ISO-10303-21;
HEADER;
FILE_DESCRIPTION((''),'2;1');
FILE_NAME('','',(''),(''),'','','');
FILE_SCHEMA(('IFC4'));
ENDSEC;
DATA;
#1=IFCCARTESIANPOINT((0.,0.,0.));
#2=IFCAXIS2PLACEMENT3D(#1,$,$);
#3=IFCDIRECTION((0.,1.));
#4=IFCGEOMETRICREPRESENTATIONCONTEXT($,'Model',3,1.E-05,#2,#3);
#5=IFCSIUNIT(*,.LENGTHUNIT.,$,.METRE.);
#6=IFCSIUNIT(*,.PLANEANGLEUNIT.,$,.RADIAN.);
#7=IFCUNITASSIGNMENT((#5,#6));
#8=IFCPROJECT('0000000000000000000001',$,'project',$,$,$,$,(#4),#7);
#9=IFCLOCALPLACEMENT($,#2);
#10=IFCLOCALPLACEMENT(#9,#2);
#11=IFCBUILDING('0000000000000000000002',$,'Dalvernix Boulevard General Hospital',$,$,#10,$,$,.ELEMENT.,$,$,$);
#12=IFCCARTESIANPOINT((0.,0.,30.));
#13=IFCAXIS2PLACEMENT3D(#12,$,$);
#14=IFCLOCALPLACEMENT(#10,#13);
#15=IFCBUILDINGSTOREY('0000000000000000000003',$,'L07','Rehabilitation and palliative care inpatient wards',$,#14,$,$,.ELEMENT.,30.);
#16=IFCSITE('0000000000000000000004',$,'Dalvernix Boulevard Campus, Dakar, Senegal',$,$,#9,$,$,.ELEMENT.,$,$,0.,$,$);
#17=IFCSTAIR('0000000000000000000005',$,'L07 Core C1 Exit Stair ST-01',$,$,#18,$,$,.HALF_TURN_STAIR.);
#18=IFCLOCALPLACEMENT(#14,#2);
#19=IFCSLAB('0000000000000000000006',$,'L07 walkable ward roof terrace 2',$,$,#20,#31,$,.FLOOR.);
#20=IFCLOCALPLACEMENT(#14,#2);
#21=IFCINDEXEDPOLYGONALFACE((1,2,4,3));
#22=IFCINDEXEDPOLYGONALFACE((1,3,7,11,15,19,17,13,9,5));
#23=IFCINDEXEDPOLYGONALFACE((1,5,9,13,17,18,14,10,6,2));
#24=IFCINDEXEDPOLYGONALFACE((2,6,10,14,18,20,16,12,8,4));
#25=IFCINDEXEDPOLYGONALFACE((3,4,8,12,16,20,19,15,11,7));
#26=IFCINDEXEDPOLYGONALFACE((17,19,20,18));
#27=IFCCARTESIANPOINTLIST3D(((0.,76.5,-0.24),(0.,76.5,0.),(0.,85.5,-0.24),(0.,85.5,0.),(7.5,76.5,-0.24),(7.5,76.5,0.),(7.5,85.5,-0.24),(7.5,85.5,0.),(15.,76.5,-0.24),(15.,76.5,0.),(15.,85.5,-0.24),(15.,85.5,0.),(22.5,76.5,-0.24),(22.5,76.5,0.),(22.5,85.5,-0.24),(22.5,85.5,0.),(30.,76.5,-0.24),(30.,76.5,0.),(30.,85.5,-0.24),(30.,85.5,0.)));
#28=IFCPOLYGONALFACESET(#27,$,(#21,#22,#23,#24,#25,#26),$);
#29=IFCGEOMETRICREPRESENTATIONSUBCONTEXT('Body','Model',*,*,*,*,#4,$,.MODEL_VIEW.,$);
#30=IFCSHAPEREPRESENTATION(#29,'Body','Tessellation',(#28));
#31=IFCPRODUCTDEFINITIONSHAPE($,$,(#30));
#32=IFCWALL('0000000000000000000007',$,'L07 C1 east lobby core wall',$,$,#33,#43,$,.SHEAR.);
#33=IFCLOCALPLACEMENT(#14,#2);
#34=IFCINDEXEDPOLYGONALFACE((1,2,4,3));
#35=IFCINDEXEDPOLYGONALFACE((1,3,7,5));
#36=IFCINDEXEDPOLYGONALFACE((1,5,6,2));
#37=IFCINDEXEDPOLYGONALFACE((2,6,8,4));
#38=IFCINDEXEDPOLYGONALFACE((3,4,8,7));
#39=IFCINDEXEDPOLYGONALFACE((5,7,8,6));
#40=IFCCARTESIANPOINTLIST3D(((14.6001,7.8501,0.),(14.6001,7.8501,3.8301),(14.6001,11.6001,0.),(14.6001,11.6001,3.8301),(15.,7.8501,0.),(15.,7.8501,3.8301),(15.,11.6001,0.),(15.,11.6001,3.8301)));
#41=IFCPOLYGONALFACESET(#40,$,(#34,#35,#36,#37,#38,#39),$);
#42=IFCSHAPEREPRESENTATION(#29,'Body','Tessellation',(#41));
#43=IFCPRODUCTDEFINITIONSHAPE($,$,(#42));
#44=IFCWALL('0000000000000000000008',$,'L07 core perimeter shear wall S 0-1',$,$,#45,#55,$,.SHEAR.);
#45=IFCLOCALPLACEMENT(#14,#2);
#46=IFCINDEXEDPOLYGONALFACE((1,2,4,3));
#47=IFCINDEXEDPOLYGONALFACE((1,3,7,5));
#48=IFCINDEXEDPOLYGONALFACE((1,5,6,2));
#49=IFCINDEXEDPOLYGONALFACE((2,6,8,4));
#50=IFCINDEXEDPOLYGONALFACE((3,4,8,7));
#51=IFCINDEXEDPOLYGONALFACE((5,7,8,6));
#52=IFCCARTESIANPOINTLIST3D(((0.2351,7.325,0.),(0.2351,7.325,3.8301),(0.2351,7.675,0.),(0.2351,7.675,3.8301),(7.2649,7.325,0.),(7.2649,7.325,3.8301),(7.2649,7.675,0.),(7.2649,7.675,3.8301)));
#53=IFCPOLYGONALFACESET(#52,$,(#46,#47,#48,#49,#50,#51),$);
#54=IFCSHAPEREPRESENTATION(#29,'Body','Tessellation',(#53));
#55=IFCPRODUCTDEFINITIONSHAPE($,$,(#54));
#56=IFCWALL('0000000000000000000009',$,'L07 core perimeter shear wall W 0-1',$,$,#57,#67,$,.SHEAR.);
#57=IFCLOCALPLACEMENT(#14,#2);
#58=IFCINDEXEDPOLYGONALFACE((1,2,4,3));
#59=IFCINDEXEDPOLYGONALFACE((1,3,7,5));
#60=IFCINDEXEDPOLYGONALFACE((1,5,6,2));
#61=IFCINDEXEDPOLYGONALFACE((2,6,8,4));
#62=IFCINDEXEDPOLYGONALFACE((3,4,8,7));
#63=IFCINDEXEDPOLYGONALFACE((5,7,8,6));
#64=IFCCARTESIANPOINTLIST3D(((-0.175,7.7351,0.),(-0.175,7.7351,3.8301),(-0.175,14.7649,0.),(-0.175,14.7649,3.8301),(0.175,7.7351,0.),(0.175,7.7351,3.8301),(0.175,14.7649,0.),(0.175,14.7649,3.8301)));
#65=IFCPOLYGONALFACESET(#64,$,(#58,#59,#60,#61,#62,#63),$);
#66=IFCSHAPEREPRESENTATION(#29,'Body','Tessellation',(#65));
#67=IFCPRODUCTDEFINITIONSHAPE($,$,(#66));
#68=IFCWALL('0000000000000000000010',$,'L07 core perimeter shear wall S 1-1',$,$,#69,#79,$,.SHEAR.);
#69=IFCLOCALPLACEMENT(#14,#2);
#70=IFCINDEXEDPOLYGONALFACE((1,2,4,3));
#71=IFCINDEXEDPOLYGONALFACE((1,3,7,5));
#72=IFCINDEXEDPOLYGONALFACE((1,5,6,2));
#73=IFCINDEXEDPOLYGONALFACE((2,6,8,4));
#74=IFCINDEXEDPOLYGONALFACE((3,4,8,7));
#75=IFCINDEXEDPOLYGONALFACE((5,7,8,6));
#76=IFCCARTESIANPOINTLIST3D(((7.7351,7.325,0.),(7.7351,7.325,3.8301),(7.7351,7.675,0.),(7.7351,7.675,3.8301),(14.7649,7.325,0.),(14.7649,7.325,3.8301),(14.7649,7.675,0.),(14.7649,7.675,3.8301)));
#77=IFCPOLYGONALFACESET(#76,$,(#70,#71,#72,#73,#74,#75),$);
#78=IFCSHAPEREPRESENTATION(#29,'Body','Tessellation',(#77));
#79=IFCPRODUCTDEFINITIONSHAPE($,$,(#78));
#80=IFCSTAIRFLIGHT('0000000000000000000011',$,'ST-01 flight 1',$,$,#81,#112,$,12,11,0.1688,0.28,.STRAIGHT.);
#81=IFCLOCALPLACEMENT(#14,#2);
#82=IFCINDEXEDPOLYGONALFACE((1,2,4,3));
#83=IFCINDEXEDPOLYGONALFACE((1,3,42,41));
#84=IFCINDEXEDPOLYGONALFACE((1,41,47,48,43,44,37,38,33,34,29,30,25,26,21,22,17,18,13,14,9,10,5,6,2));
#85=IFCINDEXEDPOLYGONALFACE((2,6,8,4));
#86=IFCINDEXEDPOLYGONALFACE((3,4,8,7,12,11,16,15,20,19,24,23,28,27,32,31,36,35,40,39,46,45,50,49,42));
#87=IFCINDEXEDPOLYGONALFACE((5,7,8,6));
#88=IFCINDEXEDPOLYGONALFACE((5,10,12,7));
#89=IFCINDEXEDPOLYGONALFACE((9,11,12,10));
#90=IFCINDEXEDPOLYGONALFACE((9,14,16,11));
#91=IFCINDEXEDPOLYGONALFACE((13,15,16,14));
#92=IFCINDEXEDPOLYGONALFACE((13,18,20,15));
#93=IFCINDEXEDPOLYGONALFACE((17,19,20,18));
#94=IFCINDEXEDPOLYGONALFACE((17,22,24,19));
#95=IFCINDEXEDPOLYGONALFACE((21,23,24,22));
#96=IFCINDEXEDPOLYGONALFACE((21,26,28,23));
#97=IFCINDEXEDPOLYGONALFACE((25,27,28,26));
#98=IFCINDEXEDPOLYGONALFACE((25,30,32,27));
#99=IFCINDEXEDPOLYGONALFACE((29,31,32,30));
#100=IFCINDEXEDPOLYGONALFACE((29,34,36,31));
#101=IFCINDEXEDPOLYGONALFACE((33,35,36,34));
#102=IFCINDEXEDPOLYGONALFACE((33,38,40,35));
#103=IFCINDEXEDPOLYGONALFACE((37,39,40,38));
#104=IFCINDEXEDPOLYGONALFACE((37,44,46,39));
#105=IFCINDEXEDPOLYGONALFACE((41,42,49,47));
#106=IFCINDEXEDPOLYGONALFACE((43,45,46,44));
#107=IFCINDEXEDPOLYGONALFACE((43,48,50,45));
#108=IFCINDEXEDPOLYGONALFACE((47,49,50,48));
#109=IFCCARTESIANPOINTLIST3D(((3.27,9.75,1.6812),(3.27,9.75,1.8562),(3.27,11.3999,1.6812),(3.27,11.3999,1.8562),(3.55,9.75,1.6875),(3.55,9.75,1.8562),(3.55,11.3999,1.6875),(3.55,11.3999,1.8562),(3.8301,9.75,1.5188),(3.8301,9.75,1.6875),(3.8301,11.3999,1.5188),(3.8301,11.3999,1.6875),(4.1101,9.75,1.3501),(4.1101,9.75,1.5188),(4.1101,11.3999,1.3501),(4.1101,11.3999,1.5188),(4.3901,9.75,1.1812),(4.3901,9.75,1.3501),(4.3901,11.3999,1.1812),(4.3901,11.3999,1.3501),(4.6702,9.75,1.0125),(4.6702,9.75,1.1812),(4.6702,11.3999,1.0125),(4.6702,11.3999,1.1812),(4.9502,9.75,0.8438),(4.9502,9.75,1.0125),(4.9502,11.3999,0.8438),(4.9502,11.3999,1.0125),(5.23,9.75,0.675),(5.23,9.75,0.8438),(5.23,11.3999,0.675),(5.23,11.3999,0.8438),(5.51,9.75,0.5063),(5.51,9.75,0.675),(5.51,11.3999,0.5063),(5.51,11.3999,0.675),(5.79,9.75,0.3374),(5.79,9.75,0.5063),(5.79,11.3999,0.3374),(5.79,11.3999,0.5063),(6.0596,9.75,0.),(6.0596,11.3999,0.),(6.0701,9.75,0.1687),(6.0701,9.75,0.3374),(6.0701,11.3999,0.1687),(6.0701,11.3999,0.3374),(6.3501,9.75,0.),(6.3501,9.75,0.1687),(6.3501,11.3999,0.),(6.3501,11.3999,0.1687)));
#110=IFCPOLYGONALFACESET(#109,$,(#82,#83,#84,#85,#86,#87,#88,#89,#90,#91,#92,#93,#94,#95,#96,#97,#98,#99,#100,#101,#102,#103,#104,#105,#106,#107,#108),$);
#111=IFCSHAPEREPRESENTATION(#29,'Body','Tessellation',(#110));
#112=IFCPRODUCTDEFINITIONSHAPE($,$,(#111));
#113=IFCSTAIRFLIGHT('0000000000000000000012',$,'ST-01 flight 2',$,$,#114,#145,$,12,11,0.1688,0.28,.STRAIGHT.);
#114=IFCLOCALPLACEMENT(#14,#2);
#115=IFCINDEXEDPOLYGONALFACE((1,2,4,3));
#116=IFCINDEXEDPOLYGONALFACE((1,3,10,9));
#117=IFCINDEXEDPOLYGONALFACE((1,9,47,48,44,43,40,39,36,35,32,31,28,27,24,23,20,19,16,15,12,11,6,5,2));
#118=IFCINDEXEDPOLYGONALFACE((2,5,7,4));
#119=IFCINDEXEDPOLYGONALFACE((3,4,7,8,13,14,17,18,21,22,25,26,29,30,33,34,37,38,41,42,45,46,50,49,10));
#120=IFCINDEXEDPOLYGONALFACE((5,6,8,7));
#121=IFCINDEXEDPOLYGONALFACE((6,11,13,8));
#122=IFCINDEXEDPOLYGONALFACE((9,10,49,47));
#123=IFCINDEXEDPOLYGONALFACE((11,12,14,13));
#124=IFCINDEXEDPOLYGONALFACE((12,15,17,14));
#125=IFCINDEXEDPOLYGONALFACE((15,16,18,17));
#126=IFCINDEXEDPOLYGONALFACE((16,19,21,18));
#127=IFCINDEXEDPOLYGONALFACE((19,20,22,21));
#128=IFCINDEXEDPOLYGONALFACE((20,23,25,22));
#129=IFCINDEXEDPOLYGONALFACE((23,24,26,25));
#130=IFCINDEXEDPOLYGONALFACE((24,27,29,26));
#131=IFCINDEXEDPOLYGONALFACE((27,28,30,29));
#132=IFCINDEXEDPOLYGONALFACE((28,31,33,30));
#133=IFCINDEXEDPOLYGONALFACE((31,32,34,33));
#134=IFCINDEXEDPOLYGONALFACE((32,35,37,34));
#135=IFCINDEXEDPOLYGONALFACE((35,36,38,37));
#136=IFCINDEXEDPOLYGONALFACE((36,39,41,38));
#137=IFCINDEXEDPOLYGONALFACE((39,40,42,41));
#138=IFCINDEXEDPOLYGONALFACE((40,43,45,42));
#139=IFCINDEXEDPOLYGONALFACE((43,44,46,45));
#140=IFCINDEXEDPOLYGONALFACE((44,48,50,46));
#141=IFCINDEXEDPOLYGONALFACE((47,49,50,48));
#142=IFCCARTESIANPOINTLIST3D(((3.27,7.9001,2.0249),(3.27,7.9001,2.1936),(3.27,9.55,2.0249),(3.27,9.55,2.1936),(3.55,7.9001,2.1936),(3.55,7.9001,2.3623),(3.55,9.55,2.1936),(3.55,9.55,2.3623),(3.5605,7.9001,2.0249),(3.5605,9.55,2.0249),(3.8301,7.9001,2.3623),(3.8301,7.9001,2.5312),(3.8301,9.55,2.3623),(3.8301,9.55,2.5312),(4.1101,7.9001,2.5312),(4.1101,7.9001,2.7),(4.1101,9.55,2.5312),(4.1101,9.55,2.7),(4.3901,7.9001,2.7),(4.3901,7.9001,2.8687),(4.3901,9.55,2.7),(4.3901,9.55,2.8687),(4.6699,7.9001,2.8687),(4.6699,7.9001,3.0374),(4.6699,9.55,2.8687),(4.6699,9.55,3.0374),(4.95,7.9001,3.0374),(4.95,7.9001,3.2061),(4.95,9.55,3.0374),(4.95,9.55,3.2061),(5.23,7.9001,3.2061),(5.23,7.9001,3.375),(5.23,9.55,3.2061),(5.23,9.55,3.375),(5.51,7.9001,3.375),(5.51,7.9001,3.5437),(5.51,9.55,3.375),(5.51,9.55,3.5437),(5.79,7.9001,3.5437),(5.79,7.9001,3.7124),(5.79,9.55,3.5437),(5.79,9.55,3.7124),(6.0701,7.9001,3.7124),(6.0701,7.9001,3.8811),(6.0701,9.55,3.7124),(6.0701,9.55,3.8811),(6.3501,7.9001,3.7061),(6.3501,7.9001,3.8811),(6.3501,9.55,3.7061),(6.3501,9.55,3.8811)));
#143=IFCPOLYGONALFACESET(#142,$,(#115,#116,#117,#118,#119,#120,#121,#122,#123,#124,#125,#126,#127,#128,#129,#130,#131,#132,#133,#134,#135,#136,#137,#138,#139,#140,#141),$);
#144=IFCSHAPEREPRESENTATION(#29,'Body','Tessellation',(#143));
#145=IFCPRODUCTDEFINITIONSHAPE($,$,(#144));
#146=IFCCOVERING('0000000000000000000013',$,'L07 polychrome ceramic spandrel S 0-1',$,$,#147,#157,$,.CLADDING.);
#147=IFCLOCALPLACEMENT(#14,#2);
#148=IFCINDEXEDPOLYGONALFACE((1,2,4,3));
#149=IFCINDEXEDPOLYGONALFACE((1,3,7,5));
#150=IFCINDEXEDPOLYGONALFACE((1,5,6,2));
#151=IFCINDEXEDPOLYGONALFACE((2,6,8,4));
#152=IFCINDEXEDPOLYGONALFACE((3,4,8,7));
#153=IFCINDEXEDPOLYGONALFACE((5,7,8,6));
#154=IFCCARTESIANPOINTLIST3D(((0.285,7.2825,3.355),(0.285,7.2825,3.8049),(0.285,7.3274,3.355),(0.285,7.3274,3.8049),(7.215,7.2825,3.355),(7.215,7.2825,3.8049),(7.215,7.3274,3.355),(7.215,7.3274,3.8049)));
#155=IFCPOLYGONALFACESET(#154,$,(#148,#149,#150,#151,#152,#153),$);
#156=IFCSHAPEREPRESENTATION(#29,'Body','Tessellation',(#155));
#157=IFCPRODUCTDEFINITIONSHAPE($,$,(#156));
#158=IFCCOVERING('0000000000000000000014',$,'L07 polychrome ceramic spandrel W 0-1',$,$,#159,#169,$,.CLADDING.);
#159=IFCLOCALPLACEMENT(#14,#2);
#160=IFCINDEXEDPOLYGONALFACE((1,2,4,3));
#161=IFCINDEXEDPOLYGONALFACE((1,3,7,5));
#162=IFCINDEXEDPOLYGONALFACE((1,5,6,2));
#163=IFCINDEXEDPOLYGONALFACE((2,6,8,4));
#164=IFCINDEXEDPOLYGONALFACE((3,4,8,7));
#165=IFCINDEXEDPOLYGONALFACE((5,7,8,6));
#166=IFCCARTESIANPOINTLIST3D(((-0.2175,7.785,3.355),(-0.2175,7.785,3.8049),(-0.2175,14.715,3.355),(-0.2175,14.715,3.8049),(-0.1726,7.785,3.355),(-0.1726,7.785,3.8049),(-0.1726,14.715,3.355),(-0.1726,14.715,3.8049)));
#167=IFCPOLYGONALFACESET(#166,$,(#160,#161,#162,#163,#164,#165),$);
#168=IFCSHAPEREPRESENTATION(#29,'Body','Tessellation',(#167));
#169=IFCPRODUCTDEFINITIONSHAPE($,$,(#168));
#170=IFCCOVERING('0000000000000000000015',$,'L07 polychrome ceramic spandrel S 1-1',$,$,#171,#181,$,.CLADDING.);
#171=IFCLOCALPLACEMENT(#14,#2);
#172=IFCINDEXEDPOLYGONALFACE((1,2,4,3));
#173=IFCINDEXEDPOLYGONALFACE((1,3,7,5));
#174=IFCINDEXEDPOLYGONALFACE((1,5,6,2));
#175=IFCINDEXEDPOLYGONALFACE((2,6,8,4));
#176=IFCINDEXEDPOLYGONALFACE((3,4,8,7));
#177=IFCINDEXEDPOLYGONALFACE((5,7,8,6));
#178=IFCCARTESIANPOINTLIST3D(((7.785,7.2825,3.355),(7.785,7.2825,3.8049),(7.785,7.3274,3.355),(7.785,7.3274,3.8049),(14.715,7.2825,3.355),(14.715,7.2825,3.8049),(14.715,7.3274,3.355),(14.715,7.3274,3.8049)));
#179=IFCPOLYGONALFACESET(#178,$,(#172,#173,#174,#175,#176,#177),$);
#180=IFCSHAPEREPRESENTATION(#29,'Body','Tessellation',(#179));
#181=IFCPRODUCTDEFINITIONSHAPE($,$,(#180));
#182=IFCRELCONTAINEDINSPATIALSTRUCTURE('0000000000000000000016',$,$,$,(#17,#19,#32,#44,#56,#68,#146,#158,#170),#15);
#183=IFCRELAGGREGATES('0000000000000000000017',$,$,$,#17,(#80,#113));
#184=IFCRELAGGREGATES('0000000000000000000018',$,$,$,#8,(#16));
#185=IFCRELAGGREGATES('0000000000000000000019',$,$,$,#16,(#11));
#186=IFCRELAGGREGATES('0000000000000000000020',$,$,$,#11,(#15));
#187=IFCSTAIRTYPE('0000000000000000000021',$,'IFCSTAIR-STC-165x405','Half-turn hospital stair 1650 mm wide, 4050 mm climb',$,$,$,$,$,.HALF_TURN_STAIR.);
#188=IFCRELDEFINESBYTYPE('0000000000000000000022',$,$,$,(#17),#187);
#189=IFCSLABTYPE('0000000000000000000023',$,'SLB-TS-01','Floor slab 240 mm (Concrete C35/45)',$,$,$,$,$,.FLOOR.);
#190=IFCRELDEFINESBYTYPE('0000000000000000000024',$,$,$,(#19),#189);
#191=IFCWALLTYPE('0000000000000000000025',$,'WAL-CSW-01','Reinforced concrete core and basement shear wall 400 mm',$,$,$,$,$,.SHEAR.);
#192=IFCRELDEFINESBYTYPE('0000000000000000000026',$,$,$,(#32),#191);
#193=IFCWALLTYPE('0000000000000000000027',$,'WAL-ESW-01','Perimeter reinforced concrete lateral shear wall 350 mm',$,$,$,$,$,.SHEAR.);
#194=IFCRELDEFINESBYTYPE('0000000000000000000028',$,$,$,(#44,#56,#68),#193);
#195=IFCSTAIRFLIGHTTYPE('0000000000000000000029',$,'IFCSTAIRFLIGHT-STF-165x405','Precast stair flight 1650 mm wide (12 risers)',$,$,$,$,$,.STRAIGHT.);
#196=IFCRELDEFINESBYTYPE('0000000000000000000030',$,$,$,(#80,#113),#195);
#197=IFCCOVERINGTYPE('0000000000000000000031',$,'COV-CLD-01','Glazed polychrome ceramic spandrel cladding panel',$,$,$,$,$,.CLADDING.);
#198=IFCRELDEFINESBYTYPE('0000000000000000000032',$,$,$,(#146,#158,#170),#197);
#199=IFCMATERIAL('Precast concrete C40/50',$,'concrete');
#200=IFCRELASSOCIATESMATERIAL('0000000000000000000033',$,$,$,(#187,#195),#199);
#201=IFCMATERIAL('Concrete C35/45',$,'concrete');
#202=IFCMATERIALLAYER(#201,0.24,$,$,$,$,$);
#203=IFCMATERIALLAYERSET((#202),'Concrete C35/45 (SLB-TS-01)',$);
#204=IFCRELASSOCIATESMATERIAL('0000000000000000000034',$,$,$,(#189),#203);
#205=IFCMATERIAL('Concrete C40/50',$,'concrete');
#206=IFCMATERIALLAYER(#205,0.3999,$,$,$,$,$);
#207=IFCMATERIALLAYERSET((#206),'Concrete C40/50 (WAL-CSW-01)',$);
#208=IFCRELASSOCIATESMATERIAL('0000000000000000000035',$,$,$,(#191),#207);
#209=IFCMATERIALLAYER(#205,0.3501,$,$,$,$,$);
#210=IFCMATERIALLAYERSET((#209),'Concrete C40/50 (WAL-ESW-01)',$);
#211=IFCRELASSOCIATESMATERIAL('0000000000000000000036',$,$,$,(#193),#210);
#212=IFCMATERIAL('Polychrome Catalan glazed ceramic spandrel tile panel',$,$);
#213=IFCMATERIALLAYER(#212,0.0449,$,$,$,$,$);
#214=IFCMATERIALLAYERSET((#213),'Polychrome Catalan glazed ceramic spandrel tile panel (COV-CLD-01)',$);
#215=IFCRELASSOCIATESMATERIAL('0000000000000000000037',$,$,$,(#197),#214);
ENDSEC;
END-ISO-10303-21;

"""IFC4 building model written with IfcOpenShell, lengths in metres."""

from ifc_helpers import new_model, si_unit, direction, frame, frame_2d, origin, origin_2d, place, context, subcontext, project, spatial, polyline, rectangle, outline, extrude, material, layer, layer_set, type_object, element, aggregate, save


model = new_model("IFC4")

# Units and contexts
model_context = context("Model", 3, precision=1e-05, world=origin(), true_north=direction((0.0, 1.0)))
body_context = subcontext(model_context, "Body", "Model", "MODEL_VIEW")
ifc_project = project(units=[si_unit("LENGTHUNIT", "METRE"), si_unit("PLANEANGLEUNIT", "RADIAN")], contexts=[model_context])

# Site, building, storey
site_placement = place(None, origin())
site = spatial("IfcSite", under=ifc_project, at=site_placement, Name="Dalvernix Boulevard Campus, Dakar, Senegal", CompositionType="ELEMENT", RefElevation=0.0)
building_placement = place(site_placement, origin())
building = spatial("IfcBuilding", under=site, at=building_placement, Name="Dalvernix Boulevard General Hospital", CompositionType="ELEMENT")
storey_placement = place(building_placement, frame((0.0, 0.0, 30.0)))
storey = spatial("IfcBuildingStorey", under=building, at=storey_placement, Name="L07", Description="Rehabilitation and palliative care inpatient wards", CompositionType="ELEMENT", Elevation=30.0)

# Shared definitions
ifc_material_1 = material(Name="Concrete C40/50", Category="concrete")

# Shared definitions
ifc_material_2 = material(Name="Concrete C35/45", Category="concrete")

# Stair
ifc_material_3 = material(Name="Precast concrete C40/50", Category="concrete")
stair_type = type_object("IfcStairType", Name="IFCSTAIR-STC-165x405", Description="Half-turn hospital stair 1650 mm wide, 4050 mm climb", PredefinedType="HALF_TURN_STAIR", material=ifc_material_3)
stair_1_placement = place(storey_placement, origin())
stair_1 = element("IfcStair", 1, at=stair_1_placement, inside=storey, type_object=stair_type, Name="L07 Core C1 Exit Stair ST-01", PredefinedType="HALF_TURN_STAIR")

# Slab
ifc_layer_1 = layer(ifc_material_2, 0.24)
ifc_layer_set_1 = layer_set([ifc_layer_1], Name="Concrete C35/45 (SLB-TS-01)")
slab_type_1 = type_object("IfcSlabType", Name="SLB-TS-01", Description="Floor slab 240 mm (Concrete C35/45)", PredefinedType="FLOOR", material=ifc_layer_set_1)
slab_1_placement = place(storey_placement, frame((0.0, 0.0, -0.24)))
element("IfcSlab", 2, at=slab_1_placement, inside=storey, type_object=slab_type_1, Name="L07 walkable ward roof terrace 2", PredefinedType="FLOOR", context=body_context, shape_type="SweptSolid", body=[
    extrude(outline(polyline([(7.5, 85.5), (15.0, 85.5), (22.5, 85.5), (30.0, 85.5), (30.0, 76.5), (22.5, 76.5), (15.0, 76.5), (7.5, 76.5), (0.0, 76.5), (0.0, 85.5), (7.5, 85.5)])), origin(), (0.0, 0.0, 1.0), 0.24),
])

# Walls
ifc_layer_2 = layer(ifc_material_1, 0.3999)
ifc_layer_set_2 = layer_set([ifc_layer_2], Name="Concrete C40/50 (WAL-CSW-01)")
wall_type_1 = type_object("IfcWallType", Name="WAL-CSW-01", Description="Reinforced concrete core and basement shear wall 400 mm", PredefinedType="SHEAR", material=ifc_layer_set_2)
wall_placement = place(storey_placement, frame((14.8, 7.8501, 0.0), z_axis=(0.0, 0.0, 1.0), x_axis=(0.0, 1.0, 0.0)))
element("IfcWall", 3, at=wall_placement, inside=storey, type_object=wall_type_1, Name="L07 C1 east lobby core wall", PredefinedType="SHEAR", context=body_context, shape_type="SweptSolid", body=[
    extrude(rectangle(XDim=3.75, YDim=0.3999, at=frame_2d((1.875, 0.0))), origin(), (0.0, 0.0, 1.0), 3.8301),
])
ifc_layer_3 = layer(ifc_material_1, 0.3501)
ifc_layer_set_3 = layer_set([ifc_layer_3], Name="Concrete C40/50 (WAL-ESW-01)")
wall_type_2 = type_object("IfcWallType", Name="WAL-ESW-01", Description="Perimeter reinforced concrete lateral shear wall 350 mm", PredefinedType="SHEAR", material=ifc_layer_set_3)
for number, where, z_axis, x_axis, name in (
    (4, (7.2649, 7.5, 0.0), (0.0, 0.0, 1.0), (-1.0, 0.0, 0.0), "L07 core perimeter shear wall S 0-1"),
    (5, (0.0, 7.7351, 0.0), (0.0, 0.0, 1.0), (0.0, 1.0, 0.0), "L07 core perimeter shear wall W 0-1"),
    (6, (14.7649, 7.5, 0.0), (0.0, 0.0, 1.0), (-1.0, 0.0, 0.0), "L07 core perimeter shear wall S 1-1"),
):
    element("IfcWall", number, at=place(storey_placement, frame(where, z_axis=z_axis, x_axis=x_axis)), inside=storey, type_object=wall_type_2, Name=name, PredefinedType="SHEAR", context=body_context, shape_type="SweptSolid", body=[
        extrude(rectangle(XDim=7.0298, YDim=0.3501, at=frame_2d((3.5149, 0.0))), origin(), (0.0, 0.0, 1.0), 3.8301),
    ])

# Stair flights
stair_flight_type = type_object("IfcStairFlightType", Name="IFCSTAIRFLIGHT-STF-165x405", Description="Precast stair flight 1650 mm wide (12 risers)", PredefinedType="STRAIGHT", material=ifc_material_3)
stair_flight_1_placement = place(storey_placement, frame((6.3501, 10.575, 0.0), z_axis=(0.0, 0.0, 1.0), x_axis=(-1.0, 0.0, 0.0)))
stair_flight_1 = element("IfcStairFlight", 7, at=stair_flight_1_placement, type_object=stair_flight_type, Name="ST-01 flight 1", NumberOfRisers=12, NumberOfTreads=11, PredefinedType="STRAIGHT", RiserHeight=0.1688, TreadLength=0.28, context=body_context, shape_type="SweptSolid", body=[
    extrude(outline(polyline([(0.0, 0.0), (0.0, 0.1687), (0.28, 0.1687), (0.28, 0.3374), (0.5601, 0.3374), (0.5601, 0.5063), (0.8401, 0.5063), (0.8401, 0.675), (1.1201, 0.675), (1.1201, 0.8438), (1.3999, 0.8438), (1.3999, 1.0125), (1.6799, 1.0125), (1.6799, 1.1812), (1.96, 1.1812), (1.96, 1.3501), (2.24, 1.3501), (2.24, 1.5188), (2.52, 1.5188), (2.52, 1.6875), (2.8, 1.6875), (2.8, 1.8562), (3.0801, 1.8562), (3.0801, 2.0249), (3.0801, 1.6812), (0.2905, 0.0), (0.0, 0.0)])), frame((0.0, 0.825, 0.0), z_axis=(0.0, -1.0, 0.0), x_axis=(1.0, 0.0, 0.0)), (0.0, 0.0, 1.0), 1.6499),
])
stair_flight_2_placement = place(storey_placement, frame((3.27, 8.7251, 2.0249), z_axis=(0.0, 0.0, 1.0), x_axis=(1.0, 0.0, 0.0)))
stair_flight_2 = element("IfcStairFlight", 8, at=stair_flight_2_placement, type_object=stair_flight_type, Name="ST-01 flight 2", NumberOfRisers=12, NumberOfTreads=11, PredefinedType="STRAIGHT", RiserHeight=0.1688, TreadLength=0.28, context=body_context, shape_type="SweptSolid", body=[
    extrude(outline(polyline([(0.0, 0.0), (0.0, 0.1687), (0.28, 0.1687), (0.28, 0.3374), (0.5601, 0.3374), (0.5601, 0.5063), (0.8401, 0.5063), (0.8401, 0.675), (1.1201, 0.675), (1.1201, 0.8438), (1.3999, 0.8438), (1.3999, 1.0125), (1.6799, 1.0125), (1.6799, 1.1812), (1.96, 1.1812), (1.96, 1.3501), (2.24, 1.3501), (2.24, 1.5188), (2.52, 1.5188), (2.52, 1.6875), (2.8, 1.6875), (2.8, 1.8562), (3.0801, 1.8562), (3.0801, 2.0249), (3.0801, 1.6812), (0.2905, 0.0), (0.0, 0.0)])), frame((0.0, 0.825, 0.0), z_axis=(0.0, -1.0, 0.0), x_axis=(1.0, 0.0, 0.0)), (0.0, 0.0, 1.0), 1.6499),
])
aggregate(stair_1, [stair_flight_1, stair_flight_2])

# Coverings
ifc_material_4 = material(Name="Polychrome Catalan glazed ceramic spandrel tile panel")
ifc_layer_4 = layer(ifc_material_4, 0.0449)
ifc_layer_set_4 = layer_set([ifc_layer_4], Name="Polychrome Catalan glazed ceramic spandrel tile panel (COV-CLD-01)")
covering_type_1 = type_object("IfcCoveringType", Name="COV-CLD-01", Description="Glazed polychrome ceramic spandrel cladding panel", PredefinedType="CLADDING", material=ifc_layer_set_4)
for number, where, z_axis, x_axis, name in (
    (9, (3.75, 7.3049, 3.355), (0.0, 0.0, 1.0), (-1.0, 0.0, 0.0), "L07 polychrome ceramic spandrel S 0-1"),
    (10, (-0.1951, 11.25, 3.355), (0.0, 0.0, 1.0), (0.0, 1.0, 0.0), "L07 polychrome ceramic spandrel W 0-1"),
    (11, (11.25, 7.3049, 3.355), (0.0, 0.0, 1.0), (-1.0, 0.0, 0.0), "L07 polychrome ceramic spandrel S 1-1"),
):
    element("IfcCovering", number, at=place(storey_placement, frame(where, z_axis=z_axis, x_axis=x_axis)), inside=storey, type_object=covering_type_1, Name=name, PredefinedType="CLADDING", context=body_context, shape_type="SweptSolid", body=[
        extrude(rectangle(XDim=6.9299, YDim=0.0449, at=origin_2d()), origin(), (0.0, 0.0, 1.0), 0.45),
    ])

save(model, "model.ifc")
